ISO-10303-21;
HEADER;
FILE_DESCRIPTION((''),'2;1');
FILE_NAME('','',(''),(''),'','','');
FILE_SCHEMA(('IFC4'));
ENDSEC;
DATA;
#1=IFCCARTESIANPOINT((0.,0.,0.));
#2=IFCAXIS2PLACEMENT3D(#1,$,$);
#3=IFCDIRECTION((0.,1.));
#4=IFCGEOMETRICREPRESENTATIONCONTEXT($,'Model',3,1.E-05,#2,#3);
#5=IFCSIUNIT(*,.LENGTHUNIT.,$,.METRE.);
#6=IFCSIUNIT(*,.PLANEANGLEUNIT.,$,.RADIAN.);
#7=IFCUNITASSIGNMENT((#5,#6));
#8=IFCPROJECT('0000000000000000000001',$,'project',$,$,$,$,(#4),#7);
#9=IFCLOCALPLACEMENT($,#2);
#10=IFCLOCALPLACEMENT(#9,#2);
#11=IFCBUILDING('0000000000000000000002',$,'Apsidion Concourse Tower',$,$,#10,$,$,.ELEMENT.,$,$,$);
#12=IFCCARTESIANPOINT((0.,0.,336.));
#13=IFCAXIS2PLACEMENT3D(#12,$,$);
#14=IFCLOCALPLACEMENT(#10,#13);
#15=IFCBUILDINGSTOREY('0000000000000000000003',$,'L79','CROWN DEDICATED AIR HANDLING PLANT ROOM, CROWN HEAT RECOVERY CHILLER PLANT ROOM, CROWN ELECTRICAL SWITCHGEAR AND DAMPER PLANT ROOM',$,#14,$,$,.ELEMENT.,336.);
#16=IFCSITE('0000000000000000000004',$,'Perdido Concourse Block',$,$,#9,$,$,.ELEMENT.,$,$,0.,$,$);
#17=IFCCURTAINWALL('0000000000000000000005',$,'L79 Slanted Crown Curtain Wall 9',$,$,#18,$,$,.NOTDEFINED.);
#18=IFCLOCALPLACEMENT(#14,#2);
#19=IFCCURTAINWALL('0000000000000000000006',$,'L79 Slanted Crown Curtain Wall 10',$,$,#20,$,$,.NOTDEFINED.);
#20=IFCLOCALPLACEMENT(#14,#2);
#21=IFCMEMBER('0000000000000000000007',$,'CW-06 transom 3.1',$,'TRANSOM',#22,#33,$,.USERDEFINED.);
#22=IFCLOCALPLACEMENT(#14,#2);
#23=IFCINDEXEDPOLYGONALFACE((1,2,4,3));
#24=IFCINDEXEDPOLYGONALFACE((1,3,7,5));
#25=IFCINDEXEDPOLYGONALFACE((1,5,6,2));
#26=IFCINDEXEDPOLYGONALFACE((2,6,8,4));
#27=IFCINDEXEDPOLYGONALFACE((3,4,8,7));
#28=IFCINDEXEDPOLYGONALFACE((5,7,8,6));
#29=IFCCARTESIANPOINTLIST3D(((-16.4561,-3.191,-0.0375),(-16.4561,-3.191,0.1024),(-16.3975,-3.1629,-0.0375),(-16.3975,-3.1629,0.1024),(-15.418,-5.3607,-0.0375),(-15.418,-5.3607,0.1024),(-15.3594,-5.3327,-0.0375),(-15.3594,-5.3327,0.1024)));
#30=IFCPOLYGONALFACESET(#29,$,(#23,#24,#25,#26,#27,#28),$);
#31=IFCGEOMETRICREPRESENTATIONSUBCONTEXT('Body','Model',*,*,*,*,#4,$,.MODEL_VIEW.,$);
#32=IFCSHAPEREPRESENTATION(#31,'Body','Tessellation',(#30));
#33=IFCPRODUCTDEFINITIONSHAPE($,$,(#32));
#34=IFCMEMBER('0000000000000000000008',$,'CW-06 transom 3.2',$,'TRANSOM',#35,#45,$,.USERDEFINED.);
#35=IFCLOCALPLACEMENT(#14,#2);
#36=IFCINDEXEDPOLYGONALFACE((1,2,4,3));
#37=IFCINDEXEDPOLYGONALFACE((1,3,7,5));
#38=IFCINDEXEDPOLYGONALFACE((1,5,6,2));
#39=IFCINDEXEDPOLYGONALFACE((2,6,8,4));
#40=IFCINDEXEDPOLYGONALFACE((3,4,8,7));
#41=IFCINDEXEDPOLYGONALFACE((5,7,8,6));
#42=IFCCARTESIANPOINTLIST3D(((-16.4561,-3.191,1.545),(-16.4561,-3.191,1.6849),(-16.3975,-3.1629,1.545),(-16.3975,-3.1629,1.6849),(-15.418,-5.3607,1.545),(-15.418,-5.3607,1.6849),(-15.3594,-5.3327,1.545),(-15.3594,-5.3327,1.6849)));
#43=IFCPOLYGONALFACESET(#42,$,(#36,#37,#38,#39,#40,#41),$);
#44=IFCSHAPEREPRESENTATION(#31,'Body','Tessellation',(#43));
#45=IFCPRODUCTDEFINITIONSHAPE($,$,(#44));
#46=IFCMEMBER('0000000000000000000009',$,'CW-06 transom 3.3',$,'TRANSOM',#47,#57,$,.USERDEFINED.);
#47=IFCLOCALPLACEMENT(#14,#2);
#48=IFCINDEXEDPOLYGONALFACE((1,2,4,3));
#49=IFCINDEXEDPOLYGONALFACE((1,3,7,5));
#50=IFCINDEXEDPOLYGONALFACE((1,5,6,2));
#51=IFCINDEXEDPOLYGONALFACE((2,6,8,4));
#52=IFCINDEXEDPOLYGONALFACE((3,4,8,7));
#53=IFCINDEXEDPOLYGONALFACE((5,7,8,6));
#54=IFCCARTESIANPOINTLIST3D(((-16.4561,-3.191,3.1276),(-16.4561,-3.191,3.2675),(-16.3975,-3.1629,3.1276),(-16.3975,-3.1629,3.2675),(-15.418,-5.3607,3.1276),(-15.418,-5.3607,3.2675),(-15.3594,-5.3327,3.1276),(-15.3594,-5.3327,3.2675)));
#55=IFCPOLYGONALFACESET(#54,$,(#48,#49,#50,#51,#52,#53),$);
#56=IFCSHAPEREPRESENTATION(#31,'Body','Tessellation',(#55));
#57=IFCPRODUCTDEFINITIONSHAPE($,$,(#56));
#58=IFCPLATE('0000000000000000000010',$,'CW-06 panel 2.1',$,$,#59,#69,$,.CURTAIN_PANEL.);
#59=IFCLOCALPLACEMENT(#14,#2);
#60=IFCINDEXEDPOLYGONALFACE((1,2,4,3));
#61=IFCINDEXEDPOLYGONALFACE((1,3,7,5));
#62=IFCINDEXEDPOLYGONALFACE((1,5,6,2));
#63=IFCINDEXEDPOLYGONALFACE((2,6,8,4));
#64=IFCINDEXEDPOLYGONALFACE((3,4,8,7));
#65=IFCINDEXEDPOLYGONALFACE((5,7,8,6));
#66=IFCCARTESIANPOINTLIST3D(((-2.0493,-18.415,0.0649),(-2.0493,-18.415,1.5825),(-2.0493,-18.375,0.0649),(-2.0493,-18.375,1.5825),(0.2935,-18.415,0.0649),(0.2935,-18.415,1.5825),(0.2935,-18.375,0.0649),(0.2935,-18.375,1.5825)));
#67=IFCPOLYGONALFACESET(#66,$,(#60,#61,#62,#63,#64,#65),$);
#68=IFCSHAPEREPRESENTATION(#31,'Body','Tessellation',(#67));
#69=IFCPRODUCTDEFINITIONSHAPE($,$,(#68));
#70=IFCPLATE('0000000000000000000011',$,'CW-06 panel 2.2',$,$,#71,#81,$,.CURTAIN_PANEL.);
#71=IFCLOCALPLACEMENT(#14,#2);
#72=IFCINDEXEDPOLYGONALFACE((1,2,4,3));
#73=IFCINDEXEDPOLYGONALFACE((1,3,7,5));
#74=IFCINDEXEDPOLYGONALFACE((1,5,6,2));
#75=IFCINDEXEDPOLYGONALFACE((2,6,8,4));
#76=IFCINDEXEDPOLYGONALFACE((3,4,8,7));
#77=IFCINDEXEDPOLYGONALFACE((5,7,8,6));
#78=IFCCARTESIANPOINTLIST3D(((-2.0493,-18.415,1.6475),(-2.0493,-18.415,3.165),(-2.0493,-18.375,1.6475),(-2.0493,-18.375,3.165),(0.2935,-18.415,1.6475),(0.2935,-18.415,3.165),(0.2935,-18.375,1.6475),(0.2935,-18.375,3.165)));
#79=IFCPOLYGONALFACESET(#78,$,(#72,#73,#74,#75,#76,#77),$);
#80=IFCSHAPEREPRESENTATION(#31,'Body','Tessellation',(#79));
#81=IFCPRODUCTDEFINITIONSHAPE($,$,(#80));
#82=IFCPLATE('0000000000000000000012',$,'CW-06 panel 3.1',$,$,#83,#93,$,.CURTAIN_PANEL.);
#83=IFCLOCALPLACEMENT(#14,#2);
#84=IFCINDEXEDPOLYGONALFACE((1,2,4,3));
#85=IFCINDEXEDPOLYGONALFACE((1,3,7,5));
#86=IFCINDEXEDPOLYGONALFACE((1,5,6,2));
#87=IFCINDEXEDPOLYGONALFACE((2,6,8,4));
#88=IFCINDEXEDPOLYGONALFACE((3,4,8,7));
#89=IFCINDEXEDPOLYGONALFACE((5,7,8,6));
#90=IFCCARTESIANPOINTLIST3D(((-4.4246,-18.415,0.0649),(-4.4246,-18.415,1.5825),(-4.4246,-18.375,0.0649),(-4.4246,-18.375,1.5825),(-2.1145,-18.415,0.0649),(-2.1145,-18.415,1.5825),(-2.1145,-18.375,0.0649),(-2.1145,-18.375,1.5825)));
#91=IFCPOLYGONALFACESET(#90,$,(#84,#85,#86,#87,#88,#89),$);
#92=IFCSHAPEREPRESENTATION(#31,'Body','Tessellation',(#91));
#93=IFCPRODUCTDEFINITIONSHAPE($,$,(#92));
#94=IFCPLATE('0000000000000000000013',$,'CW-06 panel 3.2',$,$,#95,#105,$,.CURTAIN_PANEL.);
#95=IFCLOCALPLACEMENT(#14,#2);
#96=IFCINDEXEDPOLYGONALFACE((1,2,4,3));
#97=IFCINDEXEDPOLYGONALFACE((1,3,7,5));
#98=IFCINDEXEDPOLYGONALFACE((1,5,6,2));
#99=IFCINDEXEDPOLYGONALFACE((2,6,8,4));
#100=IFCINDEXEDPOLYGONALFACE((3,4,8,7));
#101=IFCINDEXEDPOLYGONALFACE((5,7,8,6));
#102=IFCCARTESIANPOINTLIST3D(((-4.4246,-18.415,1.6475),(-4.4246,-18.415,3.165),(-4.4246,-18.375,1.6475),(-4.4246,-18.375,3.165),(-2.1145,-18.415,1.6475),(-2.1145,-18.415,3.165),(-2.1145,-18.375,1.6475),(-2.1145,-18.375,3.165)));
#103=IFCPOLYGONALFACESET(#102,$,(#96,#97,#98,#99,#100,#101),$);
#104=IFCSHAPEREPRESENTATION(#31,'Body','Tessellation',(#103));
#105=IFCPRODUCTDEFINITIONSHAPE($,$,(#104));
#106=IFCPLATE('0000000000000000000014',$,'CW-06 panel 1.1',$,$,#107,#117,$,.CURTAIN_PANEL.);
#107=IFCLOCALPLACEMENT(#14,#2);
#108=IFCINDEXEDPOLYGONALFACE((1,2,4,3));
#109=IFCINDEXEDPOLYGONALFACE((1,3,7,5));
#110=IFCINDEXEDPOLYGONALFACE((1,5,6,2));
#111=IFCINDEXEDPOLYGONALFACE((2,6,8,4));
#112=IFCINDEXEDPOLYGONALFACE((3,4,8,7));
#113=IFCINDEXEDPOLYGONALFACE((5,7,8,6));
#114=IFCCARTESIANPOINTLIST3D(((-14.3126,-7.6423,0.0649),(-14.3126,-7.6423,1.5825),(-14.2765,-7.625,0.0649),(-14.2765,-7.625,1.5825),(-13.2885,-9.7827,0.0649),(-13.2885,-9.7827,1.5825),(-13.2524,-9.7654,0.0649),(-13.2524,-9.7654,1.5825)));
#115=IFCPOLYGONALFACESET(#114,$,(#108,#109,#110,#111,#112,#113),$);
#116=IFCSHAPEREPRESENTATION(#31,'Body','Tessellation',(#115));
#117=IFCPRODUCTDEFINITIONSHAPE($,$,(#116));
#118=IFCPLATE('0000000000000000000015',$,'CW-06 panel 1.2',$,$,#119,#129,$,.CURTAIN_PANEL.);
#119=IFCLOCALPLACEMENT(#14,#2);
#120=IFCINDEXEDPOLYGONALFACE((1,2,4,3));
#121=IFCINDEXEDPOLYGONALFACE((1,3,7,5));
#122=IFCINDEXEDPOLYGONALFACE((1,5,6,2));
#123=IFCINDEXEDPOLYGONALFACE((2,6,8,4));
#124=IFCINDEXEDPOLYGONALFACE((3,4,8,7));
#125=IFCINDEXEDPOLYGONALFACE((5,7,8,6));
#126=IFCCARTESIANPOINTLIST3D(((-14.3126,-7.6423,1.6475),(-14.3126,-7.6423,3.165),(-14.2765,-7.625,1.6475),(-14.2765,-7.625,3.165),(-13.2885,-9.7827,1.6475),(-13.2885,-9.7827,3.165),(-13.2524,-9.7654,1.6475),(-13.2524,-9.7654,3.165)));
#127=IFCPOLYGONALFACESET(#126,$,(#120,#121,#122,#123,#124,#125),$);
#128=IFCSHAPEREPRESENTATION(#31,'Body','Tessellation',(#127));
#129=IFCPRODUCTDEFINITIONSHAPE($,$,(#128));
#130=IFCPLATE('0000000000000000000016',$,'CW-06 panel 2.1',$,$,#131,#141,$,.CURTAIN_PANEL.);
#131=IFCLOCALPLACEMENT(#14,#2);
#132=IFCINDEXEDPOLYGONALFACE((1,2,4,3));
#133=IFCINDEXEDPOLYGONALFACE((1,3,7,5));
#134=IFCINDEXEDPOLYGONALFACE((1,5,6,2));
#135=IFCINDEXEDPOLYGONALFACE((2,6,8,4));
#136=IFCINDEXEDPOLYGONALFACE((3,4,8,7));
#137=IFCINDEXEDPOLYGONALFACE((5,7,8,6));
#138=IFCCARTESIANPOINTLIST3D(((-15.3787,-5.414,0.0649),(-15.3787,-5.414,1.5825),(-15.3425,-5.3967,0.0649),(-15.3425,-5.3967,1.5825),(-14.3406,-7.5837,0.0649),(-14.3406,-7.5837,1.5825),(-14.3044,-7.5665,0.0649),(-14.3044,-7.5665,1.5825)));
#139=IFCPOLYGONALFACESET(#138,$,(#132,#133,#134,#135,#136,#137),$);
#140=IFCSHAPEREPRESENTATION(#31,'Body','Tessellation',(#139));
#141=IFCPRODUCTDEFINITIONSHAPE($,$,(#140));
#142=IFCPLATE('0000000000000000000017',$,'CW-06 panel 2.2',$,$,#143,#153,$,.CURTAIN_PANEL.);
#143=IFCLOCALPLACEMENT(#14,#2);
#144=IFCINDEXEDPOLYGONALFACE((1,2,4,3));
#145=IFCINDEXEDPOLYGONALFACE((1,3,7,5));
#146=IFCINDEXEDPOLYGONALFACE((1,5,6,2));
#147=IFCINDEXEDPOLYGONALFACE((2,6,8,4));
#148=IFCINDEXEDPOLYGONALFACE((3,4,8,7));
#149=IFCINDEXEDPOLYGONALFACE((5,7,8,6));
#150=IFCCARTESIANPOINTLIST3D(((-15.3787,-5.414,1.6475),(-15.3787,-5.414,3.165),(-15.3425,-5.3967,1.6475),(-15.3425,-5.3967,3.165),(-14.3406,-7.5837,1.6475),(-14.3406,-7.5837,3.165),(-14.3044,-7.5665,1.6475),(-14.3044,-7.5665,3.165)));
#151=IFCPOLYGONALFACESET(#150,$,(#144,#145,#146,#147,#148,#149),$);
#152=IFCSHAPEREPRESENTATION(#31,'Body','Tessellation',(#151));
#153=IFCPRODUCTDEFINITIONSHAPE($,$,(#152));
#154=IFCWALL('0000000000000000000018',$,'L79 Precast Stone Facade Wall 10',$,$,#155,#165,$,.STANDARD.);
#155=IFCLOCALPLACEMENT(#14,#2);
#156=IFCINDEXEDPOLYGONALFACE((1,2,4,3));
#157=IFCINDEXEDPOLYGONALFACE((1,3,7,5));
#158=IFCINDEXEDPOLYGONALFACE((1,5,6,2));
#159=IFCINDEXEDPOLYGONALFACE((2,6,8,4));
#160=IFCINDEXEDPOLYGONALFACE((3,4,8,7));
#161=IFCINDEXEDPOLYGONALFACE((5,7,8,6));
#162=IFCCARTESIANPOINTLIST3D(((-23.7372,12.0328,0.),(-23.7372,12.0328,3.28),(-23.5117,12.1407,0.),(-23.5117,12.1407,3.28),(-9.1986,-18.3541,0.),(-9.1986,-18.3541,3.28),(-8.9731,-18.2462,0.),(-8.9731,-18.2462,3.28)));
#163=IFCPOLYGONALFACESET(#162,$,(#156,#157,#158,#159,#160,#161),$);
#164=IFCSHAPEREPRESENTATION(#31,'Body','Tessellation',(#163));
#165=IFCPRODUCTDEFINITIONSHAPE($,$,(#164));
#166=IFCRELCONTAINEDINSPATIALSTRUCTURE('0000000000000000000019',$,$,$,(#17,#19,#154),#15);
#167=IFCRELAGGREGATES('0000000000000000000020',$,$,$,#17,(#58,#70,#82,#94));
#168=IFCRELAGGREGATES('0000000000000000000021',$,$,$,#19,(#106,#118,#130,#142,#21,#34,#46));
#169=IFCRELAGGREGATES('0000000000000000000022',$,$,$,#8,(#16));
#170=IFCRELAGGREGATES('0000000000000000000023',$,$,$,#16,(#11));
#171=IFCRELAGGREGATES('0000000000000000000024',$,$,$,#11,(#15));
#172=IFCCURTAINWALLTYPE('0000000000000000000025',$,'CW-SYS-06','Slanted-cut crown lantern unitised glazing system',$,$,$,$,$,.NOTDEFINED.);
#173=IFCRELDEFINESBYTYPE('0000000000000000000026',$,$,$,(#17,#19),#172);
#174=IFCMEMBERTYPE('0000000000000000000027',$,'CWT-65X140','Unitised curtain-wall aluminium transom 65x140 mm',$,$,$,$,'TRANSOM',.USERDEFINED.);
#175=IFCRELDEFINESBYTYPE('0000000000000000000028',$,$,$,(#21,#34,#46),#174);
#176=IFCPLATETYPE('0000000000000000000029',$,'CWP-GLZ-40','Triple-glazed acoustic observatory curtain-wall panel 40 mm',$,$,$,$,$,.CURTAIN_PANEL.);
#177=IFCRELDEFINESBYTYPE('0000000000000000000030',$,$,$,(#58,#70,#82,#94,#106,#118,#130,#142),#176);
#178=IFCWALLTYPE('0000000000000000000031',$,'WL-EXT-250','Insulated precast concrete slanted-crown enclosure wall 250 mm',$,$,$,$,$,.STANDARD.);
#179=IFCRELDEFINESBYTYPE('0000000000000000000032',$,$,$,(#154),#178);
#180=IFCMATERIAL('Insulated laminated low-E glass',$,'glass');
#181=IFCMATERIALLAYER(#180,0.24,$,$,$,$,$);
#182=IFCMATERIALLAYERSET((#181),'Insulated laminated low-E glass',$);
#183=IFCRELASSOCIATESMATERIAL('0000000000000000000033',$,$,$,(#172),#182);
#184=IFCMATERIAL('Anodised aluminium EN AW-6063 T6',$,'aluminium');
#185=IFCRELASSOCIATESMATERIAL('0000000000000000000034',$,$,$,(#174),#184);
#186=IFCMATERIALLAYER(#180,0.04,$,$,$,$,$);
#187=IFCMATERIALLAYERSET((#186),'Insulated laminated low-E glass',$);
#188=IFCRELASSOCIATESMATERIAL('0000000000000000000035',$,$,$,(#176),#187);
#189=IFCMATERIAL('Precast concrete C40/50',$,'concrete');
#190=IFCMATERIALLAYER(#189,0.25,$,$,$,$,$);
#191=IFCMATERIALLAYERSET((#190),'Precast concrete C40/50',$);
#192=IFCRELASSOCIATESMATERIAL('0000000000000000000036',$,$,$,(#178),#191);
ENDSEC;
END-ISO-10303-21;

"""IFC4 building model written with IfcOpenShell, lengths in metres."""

from ifc_helpers import new_model, si_unit, direction, frame, frame_2d, origin, origin_2d, place, context, subcontext, project, spatial, rectangle, extrude, material, layer, layer_set, material_profile, profile_set, type_object, element, aggregate, save


model = new_model("IFC4")

# Units and contexts
model_context = context("Model", 3, precision=1e-05, world=origin(), true_north=direction((0.0, 1.0)))
body_context = subcontext(model_context, "Body", "Model", "MODEL_VIEW")
ifc_project = project(units=[si_unit("LENGTHUNIT", "METRE"), si_unit("PLANEANGLEUNIT", "RADIAN")], contexts=[model_context])

# Site, building, storey
site_placement = place(None, origin())
site = spatial("IfcSite", under=ifc_project, at=site_placement, Name="Perdido Concourse Block", CompositionType="ELEMENT", RefElevation=0.0)
building_placement = place(site_placement, origin())
building = spatial("IfcBuilding", under=site, at=building_placement, Name="Apsidion Concourse Tower", CompositionType="ELEMENT")
storey_placement = place(building_placement, frame((0.0, 0.0, 336.0)))
storey = spatial("IfcBuildingStorey", under=building, at=storey_placement, Name="L79", Description="CROWN DEDICATED AIR HANDLING PLANT ROOM, CROWN HEAT RECOVERY CHILLER PLANT ROOM, CROWN ELECTRICAL SWITCHGEAR AND DAMPER PLANT ROOM", CompositionType="ELEMENT", Elevation=336.0)

# Curtain walls
ifc_material_1 = material(Name="Insulated laminated low-E glass", Category="glass")
ifc_layer_1 = layer(ifc_material_1, 0.24)
ifc_layer_set_1 = layer_set([ifc_layer_1], Name="Insulated laminated low-E glass")
curtain_wall_type = type_object("IfcCurtainWallType", Name="CW-SYS-06", Description="Slanted-cut crown lantern unitised glazing system", PredefinedType="NOTDEFINED", material=ifc_layer_set_1)
curtain_wall_1_placement = place(storey_placement, origin())
curtain_wall_1 = element("IfcCurtainWall", 1, at=curtain_wall_1_placement, inside=storey, type_object=curtain_wall_type, Name="L79 Slanted Crown Curtain Wall 9", PredefinedType="NOTDEFINED")
ifc_material_2 = material(Name="Anodised aluminium EN AW-6063 T6", Category="aluminium")
curtain_wall_2_placement = place(storey_placement, origin())
curtain_wall_2 = element("IfcCurtainWall", 2, at=curtain_wall_2_placement, inside=storey, type_object=curtain_wall_type, Name="L79 Slanted Crown Curtain Wall 10", PredefinedType="NOTDEFINED")

# Members
ifc_material_profile_1 = material_profile(ifc_material_2, rectangle(XDim=0.0649, YDim=0.1399, at=origin_2d()), Name="ALU TRANSOM 65x140")
ifc_profile_set_1 = profile_set([ifc_material_profile_1], Name="Anodised aluminium EN AW-6063 T6")
member_type_1 = type_object("IfcMemberType", Name="CWT-65X140", Description="Unitised curtain-wall aluminium transom 65x140 mm", ElementType="TRANSOM", PredefinedType="USERDEFINED", material=ifc_profile_set_1)
member_1_placement = place(storey_placement, frame((-15.3887, -5.3467, 0.0325), z_axis=(-0.431596, 0.902067, 0.0), x_axis=(-0.902067, -0.431596, 0.0)))
member_1 = element("IfcMember", 3, at=member_1_placement, type_object=member_type_1, Name="CW-06 transom 3.1", ObjectType="TRANSOM", PredefinedType="USERDEFINED", context=body_context, shape_type="SweptSolid", body=[
    extrude(rectangle(XDim=0.0649, YDim=0.1399, at=origin_2d()), origin(), (0.0, 0.0, 1.0), 2.4053),
])
member_2_placement = place(storey_placement, frame((-15.3887, -5.3467, 1.615), z_axis=(-0.431596, 0.902067, 0.0), x_axis=(-0.902067, -0.431596, 0.0)))
member_2 = element("IfcMember", 4, at=member_2_placement, type_object=member_type_1, Name="CW-06 transom 3.2", ObjectType="TRANSOM", PredefinedType="USERDEFINED", context=body_context, shape_type="SweptSolid", body=[
    extrude(rectangle(XDim=0.0649, YDim=0.1399, at=origin_2d()), origin(), (0.0, 0.0, 1.0), 2.4053),
])
member_3_placement = place(storey_placement, frame((-15.3887, -5.3467, 3.1975), z_axis=(-0.431596, 0.902067, 0.0), x_axis=(-0.902067, -0.431596, 0.0)))
member_3 = element("IfcMember", 5, at=member_3_placement, type_object=member_type_1, Name="CW-06 transom 3.3", ObjectType="TRANSOM", PredefinedType="USERDEFINED", context=body_context, shape_type="SweptSolid", body=[
    extrude(rectangle(XDim=0.0649, YDim=0.1399, at=origin_2d()), origin(), (0.0, 0.0, 1.0), 2.4053),
])

# Plates
ifc_layer_2 = layer(ifc_material_1, 0.04)
ifc_layer_set_2 = layer_set([ifc_layer_2], Name="Insulated laminated low-E glass")
plate_type = type_object("IfcPlateType", Name="CWP-GLZ-40", Description="Triple-glazed acoustic observatory curtain-wall panel 40 mm", PredefinedType="CURTAIN_PANEL", material=ifc_layer_set_2)
plate_1_placement = place(storey_placement, frame((-0.8779, -18.395, 0.0649), z_axis=(0.0, 0.0, 1.0), x_axis=(-1.0, 0.0, 0.0)))
plate_1 = element("IfcPlate", 6, at=plate_1_placement, type_object=plate_type, Name="CW-06 panel 2.1", PredefinedType="CURTAIN_PANEL", context=body_context, shape_type="SweptSolid", body=[
    extrude(rectangle(XDim=2.3428, YDim=0.04, at=origin_2d()), origin(), (0.0, 0.0, 1.0), 1.5176),
])
plate_2_placement = place(storey_placement, frame((-0.8779, -18.395, 1.6475), z_axis=(0.0, 0.0, 1.0), x_axis=(-1.0, 0.0, 0.0)))
plate_2 = element("IfcPlate", 7, at=plate_2_placement, type_object=plate_type, Name="CW-06 panel 2.2", PredefinedType="CURTAIN_PANEL", context=body_context, shape_type="SweptSolid", body=[
    extrude(rectangle(XDim=2.3428, YDim=0.04, at=origin_2d()), origin(), (0.0, 0.0, 1.0), 1.5176),
])
plate_3_placement = place(storey_placement, frame((-3.2695, -18.395, 0.0649), z_axis=(0.0, 0.0, 1.0), x_axis=(-1.0, 0.0, 0.0)))
plate_3 = element("IfcPlate", 8, at=plate_3_placement, type_object=plate_type, Name="CW-06 panel 3.1", PredefinedType="CURTAIN_PANEL", context=body_context, shape_type="SweptSolid", body=[
    extrude(rectangle(XDim=2.3101, YDim=0.04, at=origin_2d()), origin(), (0.0, 0.0, 1.0), 1.5176),
])
plate_4_placement = place(storey_placement, frame((-3.2695, -18.395, 1.6475), z_axis=(0.0, 0.0, 1.0), x_axis=(-1.0, 0.0, 0.0)))
plate_4 = element("IfcPlate", 9, at=plate_4_placement, type_object=plate_type, Name="CW-06 panel 3.2", PredefinedType="CURTAIN_PANEL", context=body_context, shape_type="SweptSolid", body=[
    extrude(rectangle(XDim=2.3101, YDim=0.04, at=origin_2d()), origin(), (0.0, 0.0, 1.0), 1.5176),
])
aggregate(curtain_wall_1, [plate_1, plate_2, plate_3, plate_4])
plate_5_placement = place(storey_placement, frame((-13.7825, -8.7039, 0.0649), z_axis=(0.0, 0.0, 1.0), x_axis=(-0.431596, 0.902067, 0.0)))
plate_5 = element("IfcPlate", 10, at=plate_5_placement, type_object=plate_type, Name="CW-06 panel 1.1", PredefinedType="CURTAIN_PANEL", context=body_context, shape_type="SweptSolid", body=[
    extrude(rectangle(XDim=2.3728, YDim=0.04, at=origin_2d()), origin(), (0.0, 0.0, 1.0), 1.5176),
])
plate_6_placement = place(storey_placement, frame((-13.7825, -8.7039, 1.6475), z_axis=(0.0, 0.0, 1.0), x_axis=(-0.431596, 0.902067, 0.0)))
plate_6 = element("IfcPlate", 11, at=plate_6_placement, type_object=plate_type, Name="CW-06 panel 1.2", PredefinedType="CURTAIN_PANEL", context=body_context, shape_type="SweptSolid", body=[
    extrude(rectangle(XDim=2.3728, YDim=0.04, at=origin_2d()), origin(), (0.0, 0.0, 1.0), 1.5176),
])
plate_7_placement = place(storey_placement, frame((-14.8416, -6.4902, 0.0649), z_axis=(0.0, 0.0, 1.0), x_axis=(-0.431596, 0.902067, 0.0)))
plate_7 = element("IfcPlate", 12, at=plate_7_placement, type_object=plate_type, Name="CW-06 panel 2.1", PredefinedType="CURTAIN_PANEL", context=body_context, shape_type="SweptSolid", body=[
    extrude(rectangle(XDim=2.4053, YDim=0.04, at=origin_2d()), origin(), (0.0, 0.0, 1.0), 1.5176),
])
plate_8_placement = place(storey_placement, frame((-14.8416, -6.4902, 1.6475), z_axis=(0.0, 0.0, 1.0), x_axis=(-0.431596, 0.902067, 0.0)))
plate_8 = element("IfcPlate", 13, at=plate_8_placement, type_object=plate_type, Name="CW-06 panel 2.2", PredefinedType="CURTAIN_PANEL", context=body_context, shape_type="SweptSolid", body=[
    extrude(rectangle(XDim=2.4053, YDim=0.04, at=origin_2d()), origin(), (0.0, 0.0, 1.0), 1.5176),
])
aggregate(curtain_wall_2, [plate_5, plate_6, plate_7, plate_8, member_1, member_2, member_3])

# Wall
ifc_material_3 = material(Name="Precast concrete C40/50", Category="concrete")
ifc_layer_3 = layer(ifc_material_3, 0.25)
ifc_layer_set_3 = layer_set([ifc_layer_3], Name="Precast concrete C40/50")
wall_type = type_object("IfcWallType", Name="WL-EXT-250", Description="Insulated precast concrete slanted-crown enclosure wall 250 mm", PredefinedType="STANDARD", material=ifc_layer_set_3)
wall_placement = place(storey_placement, frame((-9.0859, -18.3, 0.0), z_axis=(0.0, 0.0, 1.0), x_axis=(-0.431593, 0.902069, 0.0)))
element("IfcWall", 14, at=wall_placement, inside=storey, type_object=wall_type, Name="L79 Precast Stone Facade Wall 10", PredefinedType="STANDARD", context=body_context, shape_type="SweptSolid", body=[
    extrude(rectangle(XDim=33.6858, YDim=0.25, at=frame_2d((16.8428, 0.0))), origin(), (0.0, 0.0, 1.0), 3.28),
])

save(model, "model.ifc")
